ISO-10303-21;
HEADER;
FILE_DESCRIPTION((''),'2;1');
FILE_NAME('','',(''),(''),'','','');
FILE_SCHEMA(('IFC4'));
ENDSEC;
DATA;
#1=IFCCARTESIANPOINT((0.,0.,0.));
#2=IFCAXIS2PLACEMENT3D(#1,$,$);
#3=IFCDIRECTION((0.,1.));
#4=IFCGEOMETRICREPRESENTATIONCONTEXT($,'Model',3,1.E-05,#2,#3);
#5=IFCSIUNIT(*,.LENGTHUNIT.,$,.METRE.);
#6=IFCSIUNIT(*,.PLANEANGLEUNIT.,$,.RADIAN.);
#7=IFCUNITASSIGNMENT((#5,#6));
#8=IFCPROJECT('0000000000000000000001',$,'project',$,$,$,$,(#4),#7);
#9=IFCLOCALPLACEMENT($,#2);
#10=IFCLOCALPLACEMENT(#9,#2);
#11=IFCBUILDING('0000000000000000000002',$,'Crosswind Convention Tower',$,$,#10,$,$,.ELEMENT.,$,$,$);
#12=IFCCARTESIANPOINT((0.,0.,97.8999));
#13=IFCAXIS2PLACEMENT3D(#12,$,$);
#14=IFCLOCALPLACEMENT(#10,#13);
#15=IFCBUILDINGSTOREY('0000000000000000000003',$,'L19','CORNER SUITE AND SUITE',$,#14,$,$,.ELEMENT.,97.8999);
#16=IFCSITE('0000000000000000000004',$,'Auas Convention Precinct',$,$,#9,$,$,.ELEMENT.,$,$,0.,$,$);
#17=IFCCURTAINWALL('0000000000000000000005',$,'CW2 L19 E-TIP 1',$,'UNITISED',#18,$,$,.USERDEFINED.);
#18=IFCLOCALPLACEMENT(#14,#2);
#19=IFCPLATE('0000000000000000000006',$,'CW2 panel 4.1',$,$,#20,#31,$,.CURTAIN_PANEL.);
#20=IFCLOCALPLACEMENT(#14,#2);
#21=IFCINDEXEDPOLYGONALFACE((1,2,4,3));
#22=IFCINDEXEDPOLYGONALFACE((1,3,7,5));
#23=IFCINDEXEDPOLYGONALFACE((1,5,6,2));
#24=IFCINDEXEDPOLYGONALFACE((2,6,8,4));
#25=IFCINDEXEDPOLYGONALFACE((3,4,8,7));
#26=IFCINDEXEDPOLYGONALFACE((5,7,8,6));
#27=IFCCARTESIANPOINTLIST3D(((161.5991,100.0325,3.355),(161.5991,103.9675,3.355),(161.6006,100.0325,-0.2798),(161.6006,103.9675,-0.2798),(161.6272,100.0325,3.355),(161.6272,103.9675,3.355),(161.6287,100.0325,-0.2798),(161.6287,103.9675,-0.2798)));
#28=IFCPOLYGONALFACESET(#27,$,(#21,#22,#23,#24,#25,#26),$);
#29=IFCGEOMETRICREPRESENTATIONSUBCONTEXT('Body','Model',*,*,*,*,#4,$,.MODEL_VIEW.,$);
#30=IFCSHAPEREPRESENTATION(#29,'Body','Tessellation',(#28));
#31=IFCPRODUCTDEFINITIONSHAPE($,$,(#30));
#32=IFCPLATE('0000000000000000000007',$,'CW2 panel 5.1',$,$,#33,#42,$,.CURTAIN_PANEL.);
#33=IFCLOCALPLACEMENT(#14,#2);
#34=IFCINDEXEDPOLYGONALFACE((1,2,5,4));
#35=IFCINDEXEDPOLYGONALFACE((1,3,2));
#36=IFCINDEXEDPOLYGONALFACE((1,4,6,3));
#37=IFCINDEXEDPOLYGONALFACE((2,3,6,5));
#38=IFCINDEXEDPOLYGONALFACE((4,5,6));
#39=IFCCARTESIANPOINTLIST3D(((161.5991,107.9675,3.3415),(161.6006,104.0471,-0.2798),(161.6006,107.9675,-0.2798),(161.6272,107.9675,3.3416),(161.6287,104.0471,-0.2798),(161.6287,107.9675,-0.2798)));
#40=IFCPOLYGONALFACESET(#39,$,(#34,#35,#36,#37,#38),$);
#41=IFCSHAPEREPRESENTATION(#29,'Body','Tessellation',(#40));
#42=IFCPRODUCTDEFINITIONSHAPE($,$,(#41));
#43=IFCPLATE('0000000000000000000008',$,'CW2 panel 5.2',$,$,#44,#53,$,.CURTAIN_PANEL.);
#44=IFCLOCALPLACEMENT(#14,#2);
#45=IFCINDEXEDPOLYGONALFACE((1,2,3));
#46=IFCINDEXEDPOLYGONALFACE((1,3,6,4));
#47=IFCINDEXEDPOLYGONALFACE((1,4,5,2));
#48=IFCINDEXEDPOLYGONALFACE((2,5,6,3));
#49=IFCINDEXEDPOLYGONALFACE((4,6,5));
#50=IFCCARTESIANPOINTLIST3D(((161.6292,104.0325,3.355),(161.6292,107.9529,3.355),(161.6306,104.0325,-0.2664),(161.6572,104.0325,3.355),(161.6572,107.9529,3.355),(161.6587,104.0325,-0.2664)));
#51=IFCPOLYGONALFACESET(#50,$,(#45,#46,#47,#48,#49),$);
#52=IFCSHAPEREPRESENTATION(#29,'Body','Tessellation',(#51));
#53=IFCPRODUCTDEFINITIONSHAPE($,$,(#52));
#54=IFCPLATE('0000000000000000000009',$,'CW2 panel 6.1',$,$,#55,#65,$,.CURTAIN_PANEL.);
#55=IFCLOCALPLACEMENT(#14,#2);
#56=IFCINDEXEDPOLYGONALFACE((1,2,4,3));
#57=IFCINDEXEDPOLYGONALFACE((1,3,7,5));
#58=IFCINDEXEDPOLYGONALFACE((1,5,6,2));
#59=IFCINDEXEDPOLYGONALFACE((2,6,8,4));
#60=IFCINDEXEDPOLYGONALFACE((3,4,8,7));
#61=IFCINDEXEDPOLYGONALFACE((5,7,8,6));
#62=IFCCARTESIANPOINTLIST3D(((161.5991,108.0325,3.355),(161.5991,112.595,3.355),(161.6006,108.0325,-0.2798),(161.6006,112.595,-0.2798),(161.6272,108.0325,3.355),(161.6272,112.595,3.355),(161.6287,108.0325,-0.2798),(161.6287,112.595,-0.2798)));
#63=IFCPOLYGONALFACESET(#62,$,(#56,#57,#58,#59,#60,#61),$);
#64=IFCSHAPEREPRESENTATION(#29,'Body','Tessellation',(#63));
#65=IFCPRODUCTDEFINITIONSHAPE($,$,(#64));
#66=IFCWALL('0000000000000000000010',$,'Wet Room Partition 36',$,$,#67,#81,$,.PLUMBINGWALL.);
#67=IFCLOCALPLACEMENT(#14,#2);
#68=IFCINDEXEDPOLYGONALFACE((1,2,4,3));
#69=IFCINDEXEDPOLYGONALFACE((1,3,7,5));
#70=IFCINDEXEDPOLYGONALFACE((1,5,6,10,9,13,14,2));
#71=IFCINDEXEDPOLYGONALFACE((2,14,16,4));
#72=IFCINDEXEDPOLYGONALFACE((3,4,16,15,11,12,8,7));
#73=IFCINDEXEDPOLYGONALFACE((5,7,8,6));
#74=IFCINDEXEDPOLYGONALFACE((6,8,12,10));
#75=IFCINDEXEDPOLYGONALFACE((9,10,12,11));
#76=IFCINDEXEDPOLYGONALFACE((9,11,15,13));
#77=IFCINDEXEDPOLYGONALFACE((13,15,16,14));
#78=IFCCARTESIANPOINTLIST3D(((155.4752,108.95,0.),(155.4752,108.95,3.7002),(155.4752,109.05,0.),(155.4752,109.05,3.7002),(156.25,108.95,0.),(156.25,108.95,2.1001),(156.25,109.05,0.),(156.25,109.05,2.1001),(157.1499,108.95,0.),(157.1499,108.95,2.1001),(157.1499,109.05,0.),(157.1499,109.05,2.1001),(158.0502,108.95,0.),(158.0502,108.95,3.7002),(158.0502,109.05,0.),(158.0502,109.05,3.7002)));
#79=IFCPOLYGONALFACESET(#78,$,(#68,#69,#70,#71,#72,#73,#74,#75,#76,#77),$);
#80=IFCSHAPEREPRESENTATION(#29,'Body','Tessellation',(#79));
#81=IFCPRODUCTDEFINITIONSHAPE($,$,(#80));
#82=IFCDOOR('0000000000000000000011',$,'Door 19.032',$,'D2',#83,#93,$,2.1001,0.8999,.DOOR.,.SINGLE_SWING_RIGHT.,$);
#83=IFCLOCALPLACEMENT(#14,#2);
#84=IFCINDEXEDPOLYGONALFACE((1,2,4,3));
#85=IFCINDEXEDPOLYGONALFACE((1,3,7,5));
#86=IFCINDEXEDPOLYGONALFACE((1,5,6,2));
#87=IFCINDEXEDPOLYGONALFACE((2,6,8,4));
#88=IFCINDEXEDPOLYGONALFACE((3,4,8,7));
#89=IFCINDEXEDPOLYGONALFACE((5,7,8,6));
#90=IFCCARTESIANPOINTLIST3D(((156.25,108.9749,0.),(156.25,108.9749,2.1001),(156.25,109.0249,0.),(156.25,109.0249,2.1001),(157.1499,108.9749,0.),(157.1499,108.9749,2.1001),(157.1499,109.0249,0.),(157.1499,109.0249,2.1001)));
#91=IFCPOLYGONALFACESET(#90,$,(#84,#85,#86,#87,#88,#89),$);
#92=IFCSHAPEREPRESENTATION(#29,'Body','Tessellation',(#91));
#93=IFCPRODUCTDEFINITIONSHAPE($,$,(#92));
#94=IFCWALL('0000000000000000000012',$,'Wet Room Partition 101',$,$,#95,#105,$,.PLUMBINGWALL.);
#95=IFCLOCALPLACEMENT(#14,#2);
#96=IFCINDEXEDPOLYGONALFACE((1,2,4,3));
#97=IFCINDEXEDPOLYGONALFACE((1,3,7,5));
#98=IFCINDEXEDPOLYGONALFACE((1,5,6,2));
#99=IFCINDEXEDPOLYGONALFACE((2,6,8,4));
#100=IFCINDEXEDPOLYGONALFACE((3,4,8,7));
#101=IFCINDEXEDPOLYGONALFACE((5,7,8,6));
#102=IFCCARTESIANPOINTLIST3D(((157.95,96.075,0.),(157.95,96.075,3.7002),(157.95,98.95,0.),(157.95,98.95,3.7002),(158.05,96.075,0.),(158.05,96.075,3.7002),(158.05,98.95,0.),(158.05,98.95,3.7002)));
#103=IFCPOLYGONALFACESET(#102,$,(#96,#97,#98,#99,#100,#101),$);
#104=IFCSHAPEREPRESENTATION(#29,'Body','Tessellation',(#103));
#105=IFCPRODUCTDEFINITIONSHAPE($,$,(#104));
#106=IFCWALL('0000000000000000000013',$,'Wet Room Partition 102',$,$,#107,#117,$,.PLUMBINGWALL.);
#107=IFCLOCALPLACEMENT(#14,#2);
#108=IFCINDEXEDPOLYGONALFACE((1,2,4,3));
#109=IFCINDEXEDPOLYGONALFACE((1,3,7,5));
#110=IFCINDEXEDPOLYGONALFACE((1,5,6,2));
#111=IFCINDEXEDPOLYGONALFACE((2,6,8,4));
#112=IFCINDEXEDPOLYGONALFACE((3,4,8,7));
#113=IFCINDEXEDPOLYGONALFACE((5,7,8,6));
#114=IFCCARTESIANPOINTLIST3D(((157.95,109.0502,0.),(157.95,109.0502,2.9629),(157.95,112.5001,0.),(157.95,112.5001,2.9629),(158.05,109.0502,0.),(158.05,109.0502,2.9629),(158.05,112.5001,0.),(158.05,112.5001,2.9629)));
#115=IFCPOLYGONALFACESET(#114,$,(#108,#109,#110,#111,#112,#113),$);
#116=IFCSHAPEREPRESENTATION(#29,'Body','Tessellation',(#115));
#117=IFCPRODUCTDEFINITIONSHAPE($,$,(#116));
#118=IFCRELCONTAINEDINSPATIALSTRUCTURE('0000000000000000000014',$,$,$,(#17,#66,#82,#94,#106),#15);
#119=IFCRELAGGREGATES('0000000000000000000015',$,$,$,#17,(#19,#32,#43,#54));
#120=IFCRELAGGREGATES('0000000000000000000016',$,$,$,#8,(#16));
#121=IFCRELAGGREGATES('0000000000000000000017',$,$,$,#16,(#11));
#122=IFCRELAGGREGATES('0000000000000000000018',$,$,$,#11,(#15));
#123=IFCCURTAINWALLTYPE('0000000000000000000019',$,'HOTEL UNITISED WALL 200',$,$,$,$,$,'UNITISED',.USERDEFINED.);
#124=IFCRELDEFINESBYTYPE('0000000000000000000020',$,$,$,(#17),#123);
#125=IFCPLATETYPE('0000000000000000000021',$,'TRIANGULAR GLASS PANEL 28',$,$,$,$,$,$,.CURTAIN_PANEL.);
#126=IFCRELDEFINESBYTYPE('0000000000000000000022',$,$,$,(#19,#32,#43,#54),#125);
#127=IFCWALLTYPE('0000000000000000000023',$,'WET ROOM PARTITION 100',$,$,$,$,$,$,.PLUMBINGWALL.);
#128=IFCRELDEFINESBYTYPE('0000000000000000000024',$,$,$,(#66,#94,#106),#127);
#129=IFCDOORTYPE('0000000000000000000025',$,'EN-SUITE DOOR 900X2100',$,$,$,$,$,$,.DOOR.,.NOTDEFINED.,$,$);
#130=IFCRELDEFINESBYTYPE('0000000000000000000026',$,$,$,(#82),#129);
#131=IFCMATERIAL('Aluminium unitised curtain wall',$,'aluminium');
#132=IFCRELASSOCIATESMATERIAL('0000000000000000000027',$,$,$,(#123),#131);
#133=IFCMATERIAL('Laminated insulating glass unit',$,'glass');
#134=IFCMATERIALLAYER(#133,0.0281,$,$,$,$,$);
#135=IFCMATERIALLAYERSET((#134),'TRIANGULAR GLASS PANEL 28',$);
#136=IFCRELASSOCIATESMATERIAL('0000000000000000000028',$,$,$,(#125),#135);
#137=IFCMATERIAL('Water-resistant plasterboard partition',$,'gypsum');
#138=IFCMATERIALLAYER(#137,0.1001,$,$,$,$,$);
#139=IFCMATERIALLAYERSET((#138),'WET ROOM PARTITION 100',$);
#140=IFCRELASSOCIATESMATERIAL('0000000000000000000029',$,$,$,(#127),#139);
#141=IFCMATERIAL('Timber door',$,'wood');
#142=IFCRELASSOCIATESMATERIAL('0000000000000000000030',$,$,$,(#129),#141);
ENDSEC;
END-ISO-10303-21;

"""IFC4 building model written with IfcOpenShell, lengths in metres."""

from ifc_helpers import new_model, si_unit, direction, frame, frame_2d, origin, place, context, subcontext, project, spatial, polyline, rectangle, outline, extrude, material, layer, layer_set, type_object, element, fill, aggregate, save


model = new_model("IFC4")

# Units and contexts
model_context = context("Model", 3, precision=1e-05, world=origin(), true_north=direction((0.0, 1.0)))
body_context = subcontext(model_context, "Body", "Model", "MODEL_VIEW")
ifc_project = project(units=[si_unit("LENGTHUNIT", "METRE"), si_unit("PLANEANGLEUNIT", "RADIAN")], contexts=[model_context])

# Site, building, storey
site_placement = place(None, origin())
site = spatial("IfcSite", under=ifc_project, at=site_placement, Name="Auas Convention Precinct", CompositionType="ELEMENT", RefElevation=0.0)
building_placement = place(site_placement, origin())
building = spatial("IfcBuilding", under=site, at=building_placement, Name="Crosswind Convention Tower", CompositionType="ELEMENT")
storey_placement = place(building_placement, frame((0.0, 0.0, 97.8999)))
storey = spatial("IfcBuildingStorey", under=building, at=storey_placement, Name="L19", Description="CORNER SUITE AND SUITE", CompositionType="ELEMENT", Elevation=97.8999)

# Curtain wall, plates
ifc_material_1 = material(Name="Aluminium unitised curtain wall", Category="aluminium")
curtain_wall_type = type_object("IfcCurtainWallType", Name="HOTEL UNITISED WALL 200", ElementType="UNITISED", PredefinedType="USERDEFINED", material=ifc_material_1)
curtain_wall_placement = place(storey_placement, origin())
curtain_wall = element("IfcCurtainWall", 1, at=curtain_wall_placement, inside=storey, type_object=curtain_wall_type, Name="CW2 L19 E-TIP 1", ObjectType="UNITISED", PredefinedType="USERDEFINED")
ifc_material_2 = material(Name="Laminated insulating glass unit", Category="glass")
ifc_layer_1 = layer(ifc_material_2, 0.0281)
ifc_layer_set_1 = layer_set([ifc_layer_1], Name="TRIANGULAR GLASS PANEL 28")
plate_type = type_object("IfcPlateType", Name="TRIANGULAR GLASS PANEL 28", PredefinedType="CURTAIN_PANEL", material=ifc_layer_set_1)
plate_1_placement = place(storey_placement, frame((161.6287, 100.0325, -0.2798), z_axis=(1.0, 0.0, 0.000403), x_axis=(0.0, 1.0, 0.0)))
plate_1 = element("IfcPlate", 2, at=plate_1_placement, type_object=plate_type, Name="CW2 panel 4.1", PredefinedType="CURTAIN_PANEL", context=body_context, shape_type="SweptSolid", body=[
    extrude(outline(polyline([(0.0, 0.0), (3.9351, 0.0), (3.9351, 3.6348), (0.0, 3.6348), (0.0, 0.0)])), origin(), (0.0, 0.0, -1.0), 0.0281),
])
plate_2_placement = place(storey_placement, frame((161.6287, 107.9675, -0.2798), z_axis=(1.0, 0.0, 0.000405), x_axis=(-0.000405, 0.0, 1.0)))
plate_2 = element("IfcPlate", 3, at=plate_2_placement, type_object=plate_type, Name="CW2 panel 5.1", PredefinedType="CURTAIN_PANEL", context=body_context, shape_type="SweptSolid", body=[
    extrude(outline(polyline([(0.0, 0.0), (3.6213, 0.0), (0.0, 3.9204), (0.0, 0.0)])), origin(), (0.0, 0.0, -1.0), 0.0281),
])
plate_3_placement = place(storey_placement, frame((161.6572, 104.0325, 3.355), z_axis=(1.0, 0.0, 0.000405), x_axis=(0.000405, 0.0, -1.0)))
plate_3 = element("IfcPlate", 4, at=plate_3_placement, type_object=plate_type, Name="CW2 panel 5.2", PredefinedType="CURTAIN_PANEL", context=body_context, shape_type="SweptSolid", body=[
    extrude(outline(polyline([(0.0, 0.0), (3.6213, 0.0), (0.0, 3.9204), (0.0, 0.0)])), origin(), (0.0, 0.0, -1.0), 0.0281),
])
plate_4_placement = place(storey_placement, frame((161.6287, 108.0325, -0.2798), z_axis=(1.0, 0.0, 0.000403), x_axis=(0.0, 1.0, 0.0)))
plate_4 = element("IfcPlate", 5, at=plate_4_placement, type_object=plate_type, Name="CW2 panel 6.1", PredefinedType="CURTAIN_PANEL", context=body_context, shape_type="SweptSolid", body=[
    extrude(outline(polyline([(0.0, 0.0), (4.5625, 0.0), (4.5625, 3.6348), (0.0, 3.6348), (0.0, 0.0)])), origin(), (0.0, 0.0, -1.0), 0.0281),
])
aggregate(curtain_wall, [plate_1, plate_2, plate_3, plate_4])

# Wall, opening, door
ifc_material_3 = material(Name="Water-resistant plasterboard partition", Category="gypsum")
ifc_layer_2 = layer(ifc_material_3, 0.1001)
ifc_layer_set_2 = layer_set([ifc_layer_2], Name="WET ROOM PARTITION 100")
wall_type = type_object("IfcWallType", Name="WET ROOM PARTITION 100", PredefinedType="PLUMBINGWALL", material=ifc_layer_set_2)
wall_1_placement = place(storey_placement, frame((155.4751, 109.0, 0.0), z_axis=(0.0, 0.0, 1.0), x_axis=(1.0, 0.0, 0.0)))
wall_1 = element("IfcWall", 6, at=wall_1_placement, inside=storey, type_object=wall_type, Name="Wet Room Partition 36", PredefinedType="PLUMBINGWALL", context=body_context, shape_type="SweptSolid", body=[
    extrude(rectangle(XDim=2.575, YDim=0.1001, at=frame_2d((1.2876, 0.0))), origin(), (0.0, 0.0, 1.0), 3.7002),
])
opening_placement = place(wall_1_placement, frame((0.7749, 0.0, 0.0)))
opening = element("IfcOpeningElement", 7, at=opening_placement, cuts=wall_1, PredefinedType="OPENING", context=body_context, shape_type="SweptSolid", body=[
    extrude(rectangle(XDim=0.8999, YDim=2.1001, at=frame_2d((0.45, 1.05))), frame((0.0, 0.0601, 0.0), z_axis=(0.0, -1.0, 0.0), x_axis=(1.0, 0.0, 0.0)), (0.0, 0.0, 1.0), 0.1201),
])
ifc_material_4 = material(Name="Timber door", Category="wood")
door_type = type_object("IfcDoorType", Name="EN-SUITE DOOR 900X2100", OperationType="NOTDEFINED", PredefinedType="DOOR", material=ifc_material_4)
door_placement = place(opening_placement, origin())
door = element("IfcDoor", 8, at=door_placement, inside=storey, type_object=door_type, Name="Door 19.032", ObjectType="D2", OperationType="SINGLE_SWING_RIGHT", OverallHeight=2.1001, OverallWidth=0.8999, PredefinedType="DOOR", context=body_context, shape_type="SweptSolid", body=[
    extrude(rectangle(XDim=0.8999, YDim=2.1001, at=frame_2d((0.45, 1.05))), frame((0.0, 0.0249, 0.0), z_axis=(0.0, -1.0, 0.0), x_axis=(1.0, 0.0, 0.0)), (0.0, 0.0, 1.0), 0.05),
])
fill(opening, door)

# Walls
wall_2_placement = place(storey_placement, frame((158.0, 96.075, 0.0), z_axis=(0.0, 0.0, 1.0), x_axis=(0.0, 1.0, 0.0)))
element("IfcWall", 9, at=wall_2_placement, inside=storey, type_object=wall_type, Name="Wet Room Partition 101", PredefinedType="PLUMBINGWALL", context=body_context, shape_type="SweptSolid", body=[
    extrude(rectangle(XDim=2.875, YDim=0.1001, at=frame_2d((1.4375, 0.0))), origin(), (0.0, 0.0, 1.0), 3.7002),
])
wall_3_placement = place(storey_placement, frame((158.0, 109.05, 0.0), z_axis=(0.0, 0.0, 1.0), x_axis=(0.0, 1.0, 0.0)))
element("IfcWall", 10, at=wall_3_placement, inside=storey, type_object=wall_type, Name="Wet Room Partition 102", PredefinedType="PLUMBINGWALL", context=body_context, shape_type="SweptSolid", body=[
    extrude(rectangle(XDim=3.45, YDim=0.1001, at=frame_2d((1.7251, 0.0))), origin(), (0.0, 0.0, 1.0), 2.9629),
])

save(model, "model.ifc")
